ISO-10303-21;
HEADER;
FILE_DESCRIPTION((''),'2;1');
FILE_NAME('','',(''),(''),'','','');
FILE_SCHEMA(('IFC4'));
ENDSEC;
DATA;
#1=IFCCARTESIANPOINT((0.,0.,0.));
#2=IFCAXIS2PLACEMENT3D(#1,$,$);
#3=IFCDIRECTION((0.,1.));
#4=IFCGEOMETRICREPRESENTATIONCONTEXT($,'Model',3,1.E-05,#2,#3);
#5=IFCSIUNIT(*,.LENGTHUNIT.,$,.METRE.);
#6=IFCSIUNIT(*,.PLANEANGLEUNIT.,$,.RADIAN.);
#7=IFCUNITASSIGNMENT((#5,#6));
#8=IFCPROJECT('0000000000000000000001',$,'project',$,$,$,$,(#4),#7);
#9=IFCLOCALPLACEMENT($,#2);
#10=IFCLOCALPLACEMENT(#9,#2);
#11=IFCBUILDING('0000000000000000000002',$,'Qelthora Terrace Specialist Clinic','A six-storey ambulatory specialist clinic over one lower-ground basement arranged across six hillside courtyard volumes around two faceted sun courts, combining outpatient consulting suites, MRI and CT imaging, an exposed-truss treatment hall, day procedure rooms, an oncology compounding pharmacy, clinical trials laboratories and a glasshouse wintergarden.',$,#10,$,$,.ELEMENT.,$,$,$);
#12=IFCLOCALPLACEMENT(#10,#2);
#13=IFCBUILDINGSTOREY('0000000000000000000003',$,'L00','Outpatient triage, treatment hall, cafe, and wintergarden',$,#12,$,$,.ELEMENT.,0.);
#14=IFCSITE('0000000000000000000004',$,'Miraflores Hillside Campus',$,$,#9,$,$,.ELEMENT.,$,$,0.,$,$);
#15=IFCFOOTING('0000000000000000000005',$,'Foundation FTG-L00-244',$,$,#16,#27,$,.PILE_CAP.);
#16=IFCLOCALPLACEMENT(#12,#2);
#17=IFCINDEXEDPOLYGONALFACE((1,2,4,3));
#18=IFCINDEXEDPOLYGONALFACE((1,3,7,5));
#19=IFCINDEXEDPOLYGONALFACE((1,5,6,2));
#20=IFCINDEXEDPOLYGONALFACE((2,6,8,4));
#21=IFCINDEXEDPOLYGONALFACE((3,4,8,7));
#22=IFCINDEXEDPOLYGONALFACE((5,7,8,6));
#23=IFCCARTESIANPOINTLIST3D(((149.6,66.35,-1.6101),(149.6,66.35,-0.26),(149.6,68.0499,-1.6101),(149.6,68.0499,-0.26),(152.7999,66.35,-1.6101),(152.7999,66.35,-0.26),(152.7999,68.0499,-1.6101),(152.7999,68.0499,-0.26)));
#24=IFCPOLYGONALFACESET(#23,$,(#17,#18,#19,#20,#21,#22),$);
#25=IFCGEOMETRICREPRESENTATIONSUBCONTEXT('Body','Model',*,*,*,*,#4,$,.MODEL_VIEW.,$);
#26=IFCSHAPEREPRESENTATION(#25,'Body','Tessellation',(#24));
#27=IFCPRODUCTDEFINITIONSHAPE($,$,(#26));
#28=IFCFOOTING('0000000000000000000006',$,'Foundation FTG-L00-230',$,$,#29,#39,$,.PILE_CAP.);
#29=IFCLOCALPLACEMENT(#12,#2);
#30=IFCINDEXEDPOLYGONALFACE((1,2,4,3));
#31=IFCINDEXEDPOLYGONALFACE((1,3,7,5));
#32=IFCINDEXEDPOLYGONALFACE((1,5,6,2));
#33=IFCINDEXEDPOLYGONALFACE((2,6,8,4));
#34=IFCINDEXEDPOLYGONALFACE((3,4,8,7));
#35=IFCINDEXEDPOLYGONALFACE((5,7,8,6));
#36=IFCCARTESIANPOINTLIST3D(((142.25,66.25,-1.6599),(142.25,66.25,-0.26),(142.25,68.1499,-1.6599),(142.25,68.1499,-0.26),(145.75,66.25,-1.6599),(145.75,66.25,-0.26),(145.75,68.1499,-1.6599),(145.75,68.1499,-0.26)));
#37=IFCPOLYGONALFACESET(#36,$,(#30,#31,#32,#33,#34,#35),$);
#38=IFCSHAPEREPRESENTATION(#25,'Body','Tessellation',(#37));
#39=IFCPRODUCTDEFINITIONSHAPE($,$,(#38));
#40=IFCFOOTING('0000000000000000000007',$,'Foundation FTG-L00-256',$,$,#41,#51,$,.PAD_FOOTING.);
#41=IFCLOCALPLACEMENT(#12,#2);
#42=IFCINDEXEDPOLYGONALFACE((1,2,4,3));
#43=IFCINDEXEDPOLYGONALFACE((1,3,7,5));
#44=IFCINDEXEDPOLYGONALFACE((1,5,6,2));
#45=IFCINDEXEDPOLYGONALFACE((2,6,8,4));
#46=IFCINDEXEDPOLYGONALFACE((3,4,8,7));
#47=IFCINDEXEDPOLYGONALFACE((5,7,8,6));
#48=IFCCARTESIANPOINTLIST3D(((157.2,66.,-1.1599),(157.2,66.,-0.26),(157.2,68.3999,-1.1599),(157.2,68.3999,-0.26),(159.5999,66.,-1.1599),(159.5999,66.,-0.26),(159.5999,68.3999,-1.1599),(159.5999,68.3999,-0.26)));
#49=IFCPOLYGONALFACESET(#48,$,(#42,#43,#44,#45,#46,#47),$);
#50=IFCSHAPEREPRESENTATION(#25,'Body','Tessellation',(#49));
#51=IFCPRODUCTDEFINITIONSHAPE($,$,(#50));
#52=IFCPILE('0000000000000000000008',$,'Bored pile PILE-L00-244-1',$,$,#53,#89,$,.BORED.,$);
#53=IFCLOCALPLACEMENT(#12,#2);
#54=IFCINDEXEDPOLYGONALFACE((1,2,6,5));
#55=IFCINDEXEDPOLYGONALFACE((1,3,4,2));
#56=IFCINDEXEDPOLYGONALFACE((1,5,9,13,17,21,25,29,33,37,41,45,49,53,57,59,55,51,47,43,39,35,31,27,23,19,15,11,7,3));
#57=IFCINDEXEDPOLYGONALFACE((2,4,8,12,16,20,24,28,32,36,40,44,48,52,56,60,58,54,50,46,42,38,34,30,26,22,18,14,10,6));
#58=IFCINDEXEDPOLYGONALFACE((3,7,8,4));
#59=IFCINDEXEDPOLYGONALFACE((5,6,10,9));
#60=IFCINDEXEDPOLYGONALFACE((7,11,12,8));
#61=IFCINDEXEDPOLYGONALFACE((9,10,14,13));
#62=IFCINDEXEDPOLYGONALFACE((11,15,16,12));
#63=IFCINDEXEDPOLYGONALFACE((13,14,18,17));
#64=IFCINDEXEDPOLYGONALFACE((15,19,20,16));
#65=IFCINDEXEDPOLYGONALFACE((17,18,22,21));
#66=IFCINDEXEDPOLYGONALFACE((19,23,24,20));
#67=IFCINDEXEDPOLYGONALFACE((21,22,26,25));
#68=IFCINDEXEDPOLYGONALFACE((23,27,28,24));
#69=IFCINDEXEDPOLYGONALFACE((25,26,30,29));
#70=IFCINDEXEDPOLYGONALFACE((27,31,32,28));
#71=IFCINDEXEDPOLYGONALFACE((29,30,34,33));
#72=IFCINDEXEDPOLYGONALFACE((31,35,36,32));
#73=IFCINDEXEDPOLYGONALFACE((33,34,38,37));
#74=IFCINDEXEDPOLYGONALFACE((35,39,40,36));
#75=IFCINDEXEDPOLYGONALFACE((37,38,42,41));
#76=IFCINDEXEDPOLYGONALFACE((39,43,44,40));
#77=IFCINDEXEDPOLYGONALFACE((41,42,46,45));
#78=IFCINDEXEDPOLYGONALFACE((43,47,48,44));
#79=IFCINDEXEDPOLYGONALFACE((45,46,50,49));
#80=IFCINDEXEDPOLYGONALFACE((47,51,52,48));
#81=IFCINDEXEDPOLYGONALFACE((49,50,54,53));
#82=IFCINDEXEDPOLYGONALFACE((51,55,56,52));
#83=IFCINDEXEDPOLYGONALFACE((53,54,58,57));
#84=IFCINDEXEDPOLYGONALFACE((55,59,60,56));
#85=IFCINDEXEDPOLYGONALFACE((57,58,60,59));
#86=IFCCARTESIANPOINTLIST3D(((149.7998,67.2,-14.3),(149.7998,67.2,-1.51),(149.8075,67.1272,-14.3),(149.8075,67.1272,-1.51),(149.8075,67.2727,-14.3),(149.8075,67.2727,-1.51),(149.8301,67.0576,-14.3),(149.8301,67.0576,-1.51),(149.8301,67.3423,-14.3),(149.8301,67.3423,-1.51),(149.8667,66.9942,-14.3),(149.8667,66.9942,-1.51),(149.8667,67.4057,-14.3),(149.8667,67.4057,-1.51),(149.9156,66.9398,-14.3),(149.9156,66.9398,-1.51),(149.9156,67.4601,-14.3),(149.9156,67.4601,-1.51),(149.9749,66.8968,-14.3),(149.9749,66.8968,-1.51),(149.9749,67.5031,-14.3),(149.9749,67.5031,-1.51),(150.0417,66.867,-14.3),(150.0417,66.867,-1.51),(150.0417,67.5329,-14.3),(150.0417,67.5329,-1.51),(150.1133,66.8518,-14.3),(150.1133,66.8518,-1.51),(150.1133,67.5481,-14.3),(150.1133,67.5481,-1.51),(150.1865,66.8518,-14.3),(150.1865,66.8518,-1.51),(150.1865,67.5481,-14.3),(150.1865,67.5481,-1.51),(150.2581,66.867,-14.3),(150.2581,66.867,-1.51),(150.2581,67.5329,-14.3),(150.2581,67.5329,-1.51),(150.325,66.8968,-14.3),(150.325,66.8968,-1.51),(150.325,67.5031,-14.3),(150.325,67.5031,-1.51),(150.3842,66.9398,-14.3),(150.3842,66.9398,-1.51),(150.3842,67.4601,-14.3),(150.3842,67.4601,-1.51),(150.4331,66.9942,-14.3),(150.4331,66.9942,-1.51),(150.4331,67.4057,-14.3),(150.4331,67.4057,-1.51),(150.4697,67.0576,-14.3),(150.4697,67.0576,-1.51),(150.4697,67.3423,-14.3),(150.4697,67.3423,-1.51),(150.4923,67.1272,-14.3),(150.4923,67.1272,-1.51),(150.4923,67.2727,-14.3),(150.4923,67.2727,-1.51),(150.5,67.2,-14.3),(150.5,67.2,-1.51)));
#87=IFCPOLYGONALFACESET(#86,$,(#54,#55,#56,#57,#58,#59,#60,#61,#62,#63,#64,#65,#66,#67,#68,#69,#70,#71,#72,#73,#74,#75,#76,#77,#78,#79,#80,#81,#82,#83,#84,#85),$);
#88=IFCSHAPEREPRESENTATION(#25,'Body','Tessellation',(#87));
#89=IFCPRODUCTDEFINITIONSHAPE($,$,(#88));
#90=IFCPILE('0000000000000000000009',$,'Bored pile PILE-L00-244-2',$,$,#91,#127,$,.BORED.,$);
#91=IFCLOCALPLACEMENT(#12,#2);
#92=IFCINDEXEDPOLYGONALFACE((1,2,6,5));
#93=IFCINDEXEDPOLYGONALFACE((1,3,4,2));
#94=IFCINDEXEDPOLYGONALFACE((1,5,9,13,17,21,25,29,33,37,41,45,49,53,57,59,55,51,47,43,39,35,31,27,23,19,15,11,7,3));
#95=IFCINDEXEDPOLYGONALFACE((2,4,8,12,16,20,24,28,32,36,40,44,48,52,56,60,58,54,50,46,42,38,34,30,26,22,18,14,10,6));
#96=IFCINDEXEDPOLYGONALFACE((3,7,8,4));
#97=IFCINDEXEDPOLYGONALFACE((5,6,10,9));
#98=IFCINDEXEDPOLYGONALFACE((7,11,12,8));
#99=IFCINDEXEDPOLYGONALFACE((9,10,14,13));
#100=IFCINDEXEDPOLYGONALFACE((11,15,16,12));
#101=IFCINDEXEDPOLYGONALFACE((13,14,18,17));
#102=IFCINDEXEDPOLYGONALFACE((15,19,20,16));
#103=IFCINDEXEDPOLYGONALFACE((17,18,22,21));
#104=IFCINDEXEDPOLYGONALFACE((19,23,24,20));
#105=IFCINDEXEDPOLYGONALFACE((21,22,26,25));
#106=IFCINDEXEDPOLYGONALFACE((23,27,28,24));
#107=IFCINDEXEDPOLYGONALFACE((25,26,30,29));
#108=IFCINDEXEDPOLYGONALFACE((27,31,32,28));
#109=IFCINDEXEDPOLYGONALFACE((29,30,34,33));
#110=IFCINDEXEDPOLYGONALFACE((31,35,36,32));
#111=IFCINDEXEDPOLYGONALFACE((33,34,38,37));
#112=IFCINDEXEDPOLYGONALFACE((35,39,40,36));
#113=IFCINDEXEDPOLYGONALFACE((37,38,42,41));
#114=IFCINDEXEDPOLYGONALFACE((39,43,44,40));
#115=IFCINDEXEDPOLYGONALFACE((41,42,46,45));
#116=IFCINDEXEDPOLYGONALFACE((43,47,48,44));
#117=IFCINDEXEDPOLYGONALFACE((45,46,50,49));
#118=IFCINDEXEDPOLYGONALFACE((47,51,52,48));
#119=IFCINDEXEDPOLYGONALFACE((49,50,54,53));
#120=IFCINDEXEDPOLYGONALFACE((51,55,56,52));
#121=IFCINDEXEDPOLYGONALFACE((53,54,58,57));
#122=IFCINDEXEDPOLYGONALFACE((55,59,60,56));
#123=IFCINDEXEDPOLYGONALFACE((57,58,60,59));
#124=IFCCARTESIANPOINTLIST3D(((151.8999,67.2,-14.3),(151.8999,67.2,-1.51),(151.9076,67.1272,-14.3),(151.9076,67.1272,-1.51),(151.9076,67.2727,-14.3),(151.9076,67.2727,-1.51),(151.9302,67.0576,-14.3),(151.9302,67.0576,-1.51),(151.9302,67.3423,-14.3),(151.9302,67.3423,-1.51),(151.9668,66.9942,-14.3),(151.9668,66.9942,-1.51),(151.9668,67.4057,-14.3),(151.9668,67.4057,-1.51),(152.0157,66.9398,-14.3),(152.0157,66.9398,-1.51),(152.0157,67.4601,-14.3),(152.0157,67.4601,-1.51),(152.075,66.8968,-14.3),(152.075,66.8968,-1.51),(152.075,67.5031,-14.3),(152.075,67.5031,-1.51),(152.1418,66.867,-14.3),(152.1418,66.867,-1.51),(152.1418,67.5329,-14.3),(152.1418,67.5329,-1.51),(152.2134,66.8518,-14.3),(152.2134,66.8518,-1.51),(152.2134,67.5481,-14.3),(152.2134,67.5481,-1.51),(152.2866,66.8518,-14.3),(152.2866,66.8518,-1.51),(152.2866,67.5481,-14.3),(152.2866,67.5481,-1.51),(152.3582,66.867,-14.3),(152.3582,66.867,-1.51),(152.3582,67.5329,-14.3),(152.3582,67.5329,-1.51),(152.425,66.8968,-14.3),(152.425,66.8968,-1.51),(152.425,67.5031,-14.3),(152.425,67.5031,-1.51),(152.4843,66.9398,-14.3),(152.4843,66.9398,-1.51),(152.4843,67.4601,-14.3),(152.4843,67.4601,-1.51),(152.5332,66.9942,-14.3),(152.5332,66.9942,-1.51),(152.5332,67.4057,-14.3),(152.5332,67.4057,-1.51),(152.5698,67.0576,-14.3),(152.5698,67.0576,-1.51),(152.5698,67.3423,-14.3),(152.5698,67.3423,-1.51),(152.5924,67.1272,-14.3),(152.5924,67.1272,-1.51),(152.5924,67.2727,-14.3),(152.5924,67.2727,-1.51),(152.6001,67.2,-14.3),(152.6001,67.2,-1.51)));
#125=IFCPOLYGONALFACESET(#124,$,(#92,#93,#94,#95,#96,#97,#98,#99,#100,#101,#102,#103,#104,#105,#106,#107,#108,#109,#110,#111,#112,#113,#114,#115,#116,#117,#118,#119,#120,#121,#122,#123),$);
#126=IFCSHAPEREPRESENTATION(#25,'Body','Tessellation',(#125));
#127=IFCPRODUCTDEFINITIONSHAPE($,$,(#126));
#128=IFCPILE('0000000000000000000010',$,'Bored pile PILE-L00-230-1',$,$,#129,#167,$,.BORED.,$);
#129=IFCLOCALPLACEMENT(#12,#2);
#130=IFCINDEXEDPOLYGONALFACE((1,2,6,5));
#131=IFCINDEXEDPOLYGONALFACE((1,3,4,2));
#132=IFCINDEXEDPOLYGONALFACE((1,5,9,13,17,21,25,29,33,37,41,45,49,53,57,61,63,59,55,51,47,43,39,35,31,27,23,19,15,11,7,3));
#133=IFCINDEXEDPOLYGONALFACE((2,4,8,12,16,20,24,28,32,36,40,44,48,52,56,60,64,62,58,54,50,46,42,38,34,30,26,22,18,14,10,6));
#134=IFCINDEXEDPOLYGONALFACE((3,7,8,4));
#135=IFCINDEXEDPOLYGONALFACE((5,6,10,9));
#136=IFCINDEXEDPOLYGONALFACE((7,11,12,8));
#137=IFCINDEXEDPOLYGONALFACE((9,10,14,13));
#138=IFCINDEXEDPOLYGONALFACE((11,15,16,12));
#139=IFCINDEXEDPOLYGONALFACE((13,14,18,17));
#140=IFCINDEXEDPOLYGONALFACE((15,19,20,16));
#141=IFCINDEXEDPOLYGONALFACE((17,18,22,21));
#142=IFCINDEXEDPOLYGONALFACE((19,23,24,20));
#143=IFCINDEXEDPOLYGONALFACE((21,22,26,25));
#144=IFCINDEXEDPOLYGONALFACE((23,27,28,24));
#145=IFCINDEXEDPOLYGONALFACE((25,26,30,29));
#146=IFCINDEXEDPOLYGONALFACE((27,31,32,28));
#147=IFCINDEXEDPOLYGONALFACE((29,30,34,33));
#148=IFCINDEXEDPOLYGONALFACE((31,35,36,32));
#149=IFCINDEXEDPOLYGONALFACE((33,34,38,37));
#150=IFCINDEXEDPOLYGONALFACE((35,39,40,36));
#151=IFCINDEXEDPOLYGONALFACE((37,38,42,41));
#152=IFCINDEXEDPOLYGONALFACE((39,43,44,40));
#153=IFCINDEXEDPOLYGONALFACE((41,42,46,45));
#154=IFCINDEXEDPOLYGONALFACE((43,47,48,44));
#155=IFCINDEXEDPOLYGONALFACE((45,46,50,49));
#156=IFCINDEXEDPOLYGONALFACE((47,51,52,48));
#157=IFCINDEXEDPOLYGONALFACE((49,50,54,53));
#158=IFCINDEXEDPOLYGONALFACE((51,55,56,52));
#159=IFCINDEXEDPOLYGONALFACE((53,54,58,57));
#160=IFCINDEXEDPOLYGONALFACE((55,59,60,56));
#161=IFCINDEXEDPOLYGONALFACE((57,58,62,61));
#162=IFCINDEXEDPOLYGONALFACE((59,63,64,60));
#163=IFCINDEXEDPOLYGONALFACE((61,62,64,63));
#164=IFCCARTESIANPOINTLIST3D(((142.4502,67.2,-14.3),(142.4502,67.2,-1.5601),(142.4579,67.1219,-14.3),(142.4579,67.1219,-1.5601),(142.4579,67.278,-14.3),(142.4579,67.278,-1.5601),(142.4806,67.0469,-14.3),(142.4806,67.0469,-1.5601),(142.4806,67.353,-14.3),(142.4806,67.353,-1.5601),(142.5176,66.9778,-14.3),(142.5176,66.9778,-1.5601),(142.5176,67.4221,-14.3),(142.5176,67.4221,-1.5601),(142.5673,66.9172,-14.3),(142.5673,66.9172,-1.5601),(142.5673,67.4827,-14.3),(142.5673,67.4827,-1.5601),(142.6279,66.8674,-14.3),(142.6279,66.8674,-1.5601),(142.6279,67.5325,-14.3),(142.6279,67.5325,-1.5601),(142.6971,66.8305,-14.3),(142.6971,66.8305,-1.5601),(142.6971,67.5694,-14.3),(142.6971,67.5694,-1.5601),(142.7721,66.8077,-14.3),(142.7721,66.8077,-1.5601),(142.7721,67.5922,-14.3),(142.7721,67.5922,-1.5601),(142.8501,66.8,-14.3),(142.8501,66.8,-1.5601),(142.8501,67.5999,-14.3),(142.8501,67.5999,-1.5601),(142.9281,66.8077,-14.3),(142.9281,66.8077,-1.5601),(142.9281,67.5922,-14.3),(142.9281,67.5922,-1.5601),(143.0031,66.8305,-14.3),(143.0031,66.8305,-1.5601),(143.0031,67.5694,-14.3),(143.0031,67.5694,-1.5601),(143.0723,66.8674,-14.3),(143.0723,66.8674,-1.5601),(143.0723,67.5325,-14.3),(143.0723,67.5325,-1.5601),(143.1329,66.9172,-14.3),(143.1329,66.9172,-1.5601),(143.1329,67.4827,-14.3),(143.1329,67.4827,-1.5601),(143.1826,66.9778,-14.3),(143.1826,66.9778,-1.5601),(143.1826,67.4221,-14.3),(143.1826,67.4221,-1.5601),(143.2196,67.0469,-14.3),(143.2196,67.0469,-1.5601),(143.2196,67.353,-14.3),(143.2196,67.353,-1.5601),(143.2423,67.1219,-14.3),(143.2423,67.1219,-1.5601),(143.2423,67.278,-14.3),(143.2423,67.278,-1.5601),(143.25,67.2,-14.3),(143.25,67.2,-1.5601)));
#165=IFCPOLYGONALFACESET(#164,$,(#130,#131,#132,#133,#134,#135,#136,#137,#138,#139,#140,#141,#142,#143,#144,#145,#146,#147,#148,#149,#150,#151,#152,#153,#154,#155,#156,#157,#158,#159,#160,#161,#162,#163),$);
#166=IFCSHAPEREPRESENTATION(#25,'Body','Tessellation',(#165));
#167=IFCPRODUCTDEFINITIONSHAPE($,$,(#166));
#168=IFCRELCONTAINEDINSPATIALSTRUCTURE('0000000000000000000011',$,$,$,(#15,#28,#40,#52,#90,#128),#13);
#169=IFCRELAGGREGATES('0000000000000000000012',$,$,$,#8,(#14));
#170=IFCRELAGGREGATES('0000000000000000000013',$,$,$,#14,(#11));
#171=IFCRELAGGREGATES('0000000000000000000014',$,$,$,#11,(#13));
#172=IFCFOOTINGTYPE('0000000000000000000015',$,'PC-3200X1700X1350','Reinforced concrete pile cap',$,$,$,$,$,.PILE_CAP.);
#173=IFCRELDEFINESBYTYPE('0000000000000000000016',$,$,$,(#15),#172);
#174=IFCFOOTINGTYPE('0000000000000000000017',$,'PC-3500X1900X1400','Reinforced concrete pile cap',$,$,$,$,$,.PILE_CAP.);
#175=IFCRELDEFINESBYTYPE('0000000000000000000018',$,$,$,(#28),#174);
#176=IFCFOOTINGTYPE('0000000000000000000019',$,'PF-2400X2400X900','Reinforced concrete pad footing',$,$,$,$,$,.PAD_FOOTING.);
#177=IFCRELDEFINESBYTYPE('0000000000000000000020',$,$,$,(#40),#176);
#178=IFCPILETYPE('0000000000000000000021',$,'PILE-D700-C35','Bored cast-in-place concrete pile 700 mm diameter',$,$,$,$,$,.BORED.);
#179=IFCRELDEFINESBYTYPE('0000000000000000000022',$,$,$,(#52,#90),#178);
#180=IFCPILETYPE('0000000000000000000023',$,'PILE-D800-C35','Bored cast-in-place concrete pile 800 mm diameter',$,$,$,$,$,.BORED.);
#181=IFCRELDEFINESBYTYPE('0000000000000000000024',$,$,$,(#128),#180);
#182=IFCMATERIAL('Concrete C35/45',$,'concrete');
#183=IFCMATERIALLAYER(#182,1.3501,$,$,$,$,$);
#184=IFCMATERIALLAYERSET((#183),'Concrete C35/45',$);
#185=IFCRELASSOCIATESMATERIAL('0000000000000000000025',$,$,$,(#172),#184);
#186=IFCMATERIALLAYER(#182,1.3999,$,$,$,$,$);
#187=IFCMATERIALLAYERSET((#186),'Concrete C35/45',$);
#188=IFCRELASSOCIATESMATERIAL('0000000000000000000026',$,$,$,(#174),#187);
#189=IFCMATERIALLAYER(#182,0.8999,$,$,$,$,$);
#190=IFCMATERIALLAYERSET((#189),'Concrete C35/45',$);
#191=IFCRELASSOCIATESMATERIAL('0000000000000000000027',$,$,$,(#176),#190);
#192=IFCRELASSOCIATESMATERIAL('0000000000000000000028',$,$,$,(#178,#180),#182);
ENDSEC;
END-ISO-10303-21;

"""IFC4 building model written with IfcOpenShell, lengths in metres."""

from ifc_helpers import new_model, si_unit, direction, frame, origin, origin_2d, place, context, subcontext, project, spatial, rectangle, circle, extrude, material, layer, layer_set, material_profile, profile_set, type_object, element, save


model = new_model("IFC4")

# Units and contexts
model_context = context("Model", 3, precision=1e-05, world=origin(), true_north=direction((0.0, 1.0)))
body_context = subcontext(model_context, "Body", "Model", "MODEL_VIEW")
ifc_project = project(units=[si_unit("LENGTHUNIT", "METRE"), si_unit("PLANEANGLEUNIT", "RADIAN")], contexts=[model_context])

# Site, building, storey
site_placement = place(None, origin())
site = spatial("IfcSite", under=ifc_project, at=site_placement, Name="Miraflores Hillside Campus", CompositionType="ELEMENT", RefElevation=0.0)
building_placement = place(site_placement, origin())
building = spatial("IfcBuilding", under=site, at=building_placement, Name="Qelthora Terrace Specialist Clinic", Description="A six-storey ambulatory specialist clinic over one lower-ground basement arranged across six hillside courtyard volumes around two faceted sun courts, combining outpatient consulting suites, MRI and CT imaging, an exposed-truss treatment hall, day procedure rooms, an oncology compounding pharmacy, clinical trials laboratories and a glasshouse wintergarden.", CompositionType="ELEMENT")
storey_placement = place(building_placement, origin())
storey = spatial("IfcBuildingStorey", under=building, at=storey_placement, Name="L00", Description="Outpatient triage, treatment hall, cafe, and wintergarden", CompositionType="ELEMENT", Elevation=0.0)

# Footings
ifc_material_1 = material(Name="Concrete C35/45", Category="concrete")
ifc_layer_1 = layer(ifc_material_1, 1.3501)
ifc_layer_set_1 = layer_set([ifc_layer_1], Name="Concrete C35/45")
footing_type_1 = type_object("IfcFootingType", Name="PC-3200X1700X1350", Description="Reinforced concrete pile cap", PredefinedType="PILE_CAP", material=ifc_layer_set_1)
footing_1_placement = place(storey_placement, frame((151.2, 67.2, -1.6101), z_axis=(0.0, 0.0, 1.0), x_axis=(1.0, 0.0, 0.0)))
element("IfcFooting", 1, at=footing_1_placement, inside=storey, type_object=footing_type_1, Name="Foundation FTG-L00-244", PredefinedType="PILE_CAP", context=body_context, shape_type="SweptSolid", body=[
    extrude(rectangle(XDim=3.2, YDim=1.7, at=origin_2d()), origin(), (0.0, 0.0, 1.0), 1.3501),
])
ifc_layer_2 = layer(ifc_material_1, 1.3999)
ifc_layer_set_2 = layer_set([ifc_layer_2], Name="Concrete C35/45")
footing_type_2 = type_object("IfcFootingType", Name="PC-3500X1900X1400", Description="Reinforced concrete pile cap", PredefinedType="PILE_CAP", material=ifc_layer_set_2)
footing_2_placement = place(storey_placement, frame((144.0, 67.2, -1.6599), z_axis=(0.0, 0.0, 1.0), x_axis=(1.0, 0.0, 0.0)))
element("IfcFooting", 2, at=footing_2_placement, inside=storey, type_object=footing_type_2, Name="Foundation FTG-L00-230", PredefinedType="PILE_CAP", context=body_context, shape_type="SweptSolid", body=[
    extrude(rectangle(XDim=3.5, YDim=1.8999, at=origin_2d()), origin(), (0.0, 0.0, 1.0), 1.3999),
])
ifc_layer_3 = layer(ifc_material_1, 0.8999)
ifc_layer_set_3 = layer_set([ifc_layer_3], Name="Concrete C35/45")
footing_type_3 = type_object("IfcFootingType", Name="PF-2400X2400X900", Description="Reinforced concrete pad footing", PredefinedType="PAD_FOOTING", material=ifc_layer_set_3)
footing_3_placement = place(storey_placement, frame((158.3999, 67.2, -1.1599), z_axis=(0.0, 0.0, 1.0), x_axis=(1.0, 0.0, 0.0)))
element("IfcFooting", 3, at=footing_3_placement, inside=storey, type_object=footing_type_3, Name="Foundation FTG-L00-256", PredefinedType="PAD_FOOTING", context=body_context, shape_type="SweptSolid", body=[
    extrude(rectangle(XDim=2.3999, YDim=2.3999, at=origin_2d()), origin(), (0.0, 0.0, 1.0), 0.8999),
])

# Piles
ifc_material_profile_1 = material_profile(ifc_material_1, circle(Radius=0.3501, at=origin_2d()), Name="PILE700")
ifc_profile_set_1 = profile_set([ifc_material_profile_1], Name="Concrete C35/45")
pile_type_1 = type_object("IfcPileType", Name="PILE-D700-C35", Description="Bored cast-in-place concrete pile 700 mm diameter", PredefinedType="BORED", material=ifc_profile_set_1)
for number, where, z_axis, x_axis, name in (
    (4, (150.1499, 67.2, -1.51), (0.0, 0.0, -1.0), (1.0, 0.0, 0.0), "Bored pile PILE-L00-244-1"),
    (5, (152.25, 67.2, -1.51), (0.0, 0.0, -1.0), (1.0, 0.0, 0.0), "Bored pile PILE-L00-244-2"),
):
    element("IfcPile", number, at=place(storey_placement, frame(where, z_axis=z_axis, x_axis=x_axis)), inside=storey, type_object=pile_type_1, Name=name, PredefinedType="BORED", context=body_context, shape_type="SweptSolid", body=[
        extrude(circle(Radius=0.3501, at=origin_2d()), origin(), (0.0, 0.0, 1.0), 12.79),
    ])
ifc_material_profile_2 = material_profile(ifc_material_1, circle(Radius=0.3999, at=origin_2d()), Name="PILE800")
ifc_profile_set_2 = profile_set([ifc_material_profile_2], Name="Concrete C35/45")
pile_type_2 = type_object("IfcPileType", Name="PILE-D800-C35", Description="Bored cast-in-place concrete pile 800 mm diameter", PredefinedType="BORED", material=ifc_profile_set_2)
for number, where, z_axis, x_axis, name in (
    (6, (142.8501, 67.2, -1.5601), (0.0, 0.0, -1.0), (1.0, 0.0, 0.0), "Bored pile PILE-L00-230-1"),
):
    element("IfcPile", number, at=place(storey_placement, frame(where, z_axis=z_axis, x_axis=x_axis)), inside=storey, type_object=pile_type_2, Name=name, PredefinedType="BORED", context=body_context, shape_type="SweptSolid", body=[
        extrude(circle(Radius=0.3999, at=origin_2d()), origin(), (0.0, 0.0, 1.0), 12.74),
    ])

save(model, "model.ifc")
